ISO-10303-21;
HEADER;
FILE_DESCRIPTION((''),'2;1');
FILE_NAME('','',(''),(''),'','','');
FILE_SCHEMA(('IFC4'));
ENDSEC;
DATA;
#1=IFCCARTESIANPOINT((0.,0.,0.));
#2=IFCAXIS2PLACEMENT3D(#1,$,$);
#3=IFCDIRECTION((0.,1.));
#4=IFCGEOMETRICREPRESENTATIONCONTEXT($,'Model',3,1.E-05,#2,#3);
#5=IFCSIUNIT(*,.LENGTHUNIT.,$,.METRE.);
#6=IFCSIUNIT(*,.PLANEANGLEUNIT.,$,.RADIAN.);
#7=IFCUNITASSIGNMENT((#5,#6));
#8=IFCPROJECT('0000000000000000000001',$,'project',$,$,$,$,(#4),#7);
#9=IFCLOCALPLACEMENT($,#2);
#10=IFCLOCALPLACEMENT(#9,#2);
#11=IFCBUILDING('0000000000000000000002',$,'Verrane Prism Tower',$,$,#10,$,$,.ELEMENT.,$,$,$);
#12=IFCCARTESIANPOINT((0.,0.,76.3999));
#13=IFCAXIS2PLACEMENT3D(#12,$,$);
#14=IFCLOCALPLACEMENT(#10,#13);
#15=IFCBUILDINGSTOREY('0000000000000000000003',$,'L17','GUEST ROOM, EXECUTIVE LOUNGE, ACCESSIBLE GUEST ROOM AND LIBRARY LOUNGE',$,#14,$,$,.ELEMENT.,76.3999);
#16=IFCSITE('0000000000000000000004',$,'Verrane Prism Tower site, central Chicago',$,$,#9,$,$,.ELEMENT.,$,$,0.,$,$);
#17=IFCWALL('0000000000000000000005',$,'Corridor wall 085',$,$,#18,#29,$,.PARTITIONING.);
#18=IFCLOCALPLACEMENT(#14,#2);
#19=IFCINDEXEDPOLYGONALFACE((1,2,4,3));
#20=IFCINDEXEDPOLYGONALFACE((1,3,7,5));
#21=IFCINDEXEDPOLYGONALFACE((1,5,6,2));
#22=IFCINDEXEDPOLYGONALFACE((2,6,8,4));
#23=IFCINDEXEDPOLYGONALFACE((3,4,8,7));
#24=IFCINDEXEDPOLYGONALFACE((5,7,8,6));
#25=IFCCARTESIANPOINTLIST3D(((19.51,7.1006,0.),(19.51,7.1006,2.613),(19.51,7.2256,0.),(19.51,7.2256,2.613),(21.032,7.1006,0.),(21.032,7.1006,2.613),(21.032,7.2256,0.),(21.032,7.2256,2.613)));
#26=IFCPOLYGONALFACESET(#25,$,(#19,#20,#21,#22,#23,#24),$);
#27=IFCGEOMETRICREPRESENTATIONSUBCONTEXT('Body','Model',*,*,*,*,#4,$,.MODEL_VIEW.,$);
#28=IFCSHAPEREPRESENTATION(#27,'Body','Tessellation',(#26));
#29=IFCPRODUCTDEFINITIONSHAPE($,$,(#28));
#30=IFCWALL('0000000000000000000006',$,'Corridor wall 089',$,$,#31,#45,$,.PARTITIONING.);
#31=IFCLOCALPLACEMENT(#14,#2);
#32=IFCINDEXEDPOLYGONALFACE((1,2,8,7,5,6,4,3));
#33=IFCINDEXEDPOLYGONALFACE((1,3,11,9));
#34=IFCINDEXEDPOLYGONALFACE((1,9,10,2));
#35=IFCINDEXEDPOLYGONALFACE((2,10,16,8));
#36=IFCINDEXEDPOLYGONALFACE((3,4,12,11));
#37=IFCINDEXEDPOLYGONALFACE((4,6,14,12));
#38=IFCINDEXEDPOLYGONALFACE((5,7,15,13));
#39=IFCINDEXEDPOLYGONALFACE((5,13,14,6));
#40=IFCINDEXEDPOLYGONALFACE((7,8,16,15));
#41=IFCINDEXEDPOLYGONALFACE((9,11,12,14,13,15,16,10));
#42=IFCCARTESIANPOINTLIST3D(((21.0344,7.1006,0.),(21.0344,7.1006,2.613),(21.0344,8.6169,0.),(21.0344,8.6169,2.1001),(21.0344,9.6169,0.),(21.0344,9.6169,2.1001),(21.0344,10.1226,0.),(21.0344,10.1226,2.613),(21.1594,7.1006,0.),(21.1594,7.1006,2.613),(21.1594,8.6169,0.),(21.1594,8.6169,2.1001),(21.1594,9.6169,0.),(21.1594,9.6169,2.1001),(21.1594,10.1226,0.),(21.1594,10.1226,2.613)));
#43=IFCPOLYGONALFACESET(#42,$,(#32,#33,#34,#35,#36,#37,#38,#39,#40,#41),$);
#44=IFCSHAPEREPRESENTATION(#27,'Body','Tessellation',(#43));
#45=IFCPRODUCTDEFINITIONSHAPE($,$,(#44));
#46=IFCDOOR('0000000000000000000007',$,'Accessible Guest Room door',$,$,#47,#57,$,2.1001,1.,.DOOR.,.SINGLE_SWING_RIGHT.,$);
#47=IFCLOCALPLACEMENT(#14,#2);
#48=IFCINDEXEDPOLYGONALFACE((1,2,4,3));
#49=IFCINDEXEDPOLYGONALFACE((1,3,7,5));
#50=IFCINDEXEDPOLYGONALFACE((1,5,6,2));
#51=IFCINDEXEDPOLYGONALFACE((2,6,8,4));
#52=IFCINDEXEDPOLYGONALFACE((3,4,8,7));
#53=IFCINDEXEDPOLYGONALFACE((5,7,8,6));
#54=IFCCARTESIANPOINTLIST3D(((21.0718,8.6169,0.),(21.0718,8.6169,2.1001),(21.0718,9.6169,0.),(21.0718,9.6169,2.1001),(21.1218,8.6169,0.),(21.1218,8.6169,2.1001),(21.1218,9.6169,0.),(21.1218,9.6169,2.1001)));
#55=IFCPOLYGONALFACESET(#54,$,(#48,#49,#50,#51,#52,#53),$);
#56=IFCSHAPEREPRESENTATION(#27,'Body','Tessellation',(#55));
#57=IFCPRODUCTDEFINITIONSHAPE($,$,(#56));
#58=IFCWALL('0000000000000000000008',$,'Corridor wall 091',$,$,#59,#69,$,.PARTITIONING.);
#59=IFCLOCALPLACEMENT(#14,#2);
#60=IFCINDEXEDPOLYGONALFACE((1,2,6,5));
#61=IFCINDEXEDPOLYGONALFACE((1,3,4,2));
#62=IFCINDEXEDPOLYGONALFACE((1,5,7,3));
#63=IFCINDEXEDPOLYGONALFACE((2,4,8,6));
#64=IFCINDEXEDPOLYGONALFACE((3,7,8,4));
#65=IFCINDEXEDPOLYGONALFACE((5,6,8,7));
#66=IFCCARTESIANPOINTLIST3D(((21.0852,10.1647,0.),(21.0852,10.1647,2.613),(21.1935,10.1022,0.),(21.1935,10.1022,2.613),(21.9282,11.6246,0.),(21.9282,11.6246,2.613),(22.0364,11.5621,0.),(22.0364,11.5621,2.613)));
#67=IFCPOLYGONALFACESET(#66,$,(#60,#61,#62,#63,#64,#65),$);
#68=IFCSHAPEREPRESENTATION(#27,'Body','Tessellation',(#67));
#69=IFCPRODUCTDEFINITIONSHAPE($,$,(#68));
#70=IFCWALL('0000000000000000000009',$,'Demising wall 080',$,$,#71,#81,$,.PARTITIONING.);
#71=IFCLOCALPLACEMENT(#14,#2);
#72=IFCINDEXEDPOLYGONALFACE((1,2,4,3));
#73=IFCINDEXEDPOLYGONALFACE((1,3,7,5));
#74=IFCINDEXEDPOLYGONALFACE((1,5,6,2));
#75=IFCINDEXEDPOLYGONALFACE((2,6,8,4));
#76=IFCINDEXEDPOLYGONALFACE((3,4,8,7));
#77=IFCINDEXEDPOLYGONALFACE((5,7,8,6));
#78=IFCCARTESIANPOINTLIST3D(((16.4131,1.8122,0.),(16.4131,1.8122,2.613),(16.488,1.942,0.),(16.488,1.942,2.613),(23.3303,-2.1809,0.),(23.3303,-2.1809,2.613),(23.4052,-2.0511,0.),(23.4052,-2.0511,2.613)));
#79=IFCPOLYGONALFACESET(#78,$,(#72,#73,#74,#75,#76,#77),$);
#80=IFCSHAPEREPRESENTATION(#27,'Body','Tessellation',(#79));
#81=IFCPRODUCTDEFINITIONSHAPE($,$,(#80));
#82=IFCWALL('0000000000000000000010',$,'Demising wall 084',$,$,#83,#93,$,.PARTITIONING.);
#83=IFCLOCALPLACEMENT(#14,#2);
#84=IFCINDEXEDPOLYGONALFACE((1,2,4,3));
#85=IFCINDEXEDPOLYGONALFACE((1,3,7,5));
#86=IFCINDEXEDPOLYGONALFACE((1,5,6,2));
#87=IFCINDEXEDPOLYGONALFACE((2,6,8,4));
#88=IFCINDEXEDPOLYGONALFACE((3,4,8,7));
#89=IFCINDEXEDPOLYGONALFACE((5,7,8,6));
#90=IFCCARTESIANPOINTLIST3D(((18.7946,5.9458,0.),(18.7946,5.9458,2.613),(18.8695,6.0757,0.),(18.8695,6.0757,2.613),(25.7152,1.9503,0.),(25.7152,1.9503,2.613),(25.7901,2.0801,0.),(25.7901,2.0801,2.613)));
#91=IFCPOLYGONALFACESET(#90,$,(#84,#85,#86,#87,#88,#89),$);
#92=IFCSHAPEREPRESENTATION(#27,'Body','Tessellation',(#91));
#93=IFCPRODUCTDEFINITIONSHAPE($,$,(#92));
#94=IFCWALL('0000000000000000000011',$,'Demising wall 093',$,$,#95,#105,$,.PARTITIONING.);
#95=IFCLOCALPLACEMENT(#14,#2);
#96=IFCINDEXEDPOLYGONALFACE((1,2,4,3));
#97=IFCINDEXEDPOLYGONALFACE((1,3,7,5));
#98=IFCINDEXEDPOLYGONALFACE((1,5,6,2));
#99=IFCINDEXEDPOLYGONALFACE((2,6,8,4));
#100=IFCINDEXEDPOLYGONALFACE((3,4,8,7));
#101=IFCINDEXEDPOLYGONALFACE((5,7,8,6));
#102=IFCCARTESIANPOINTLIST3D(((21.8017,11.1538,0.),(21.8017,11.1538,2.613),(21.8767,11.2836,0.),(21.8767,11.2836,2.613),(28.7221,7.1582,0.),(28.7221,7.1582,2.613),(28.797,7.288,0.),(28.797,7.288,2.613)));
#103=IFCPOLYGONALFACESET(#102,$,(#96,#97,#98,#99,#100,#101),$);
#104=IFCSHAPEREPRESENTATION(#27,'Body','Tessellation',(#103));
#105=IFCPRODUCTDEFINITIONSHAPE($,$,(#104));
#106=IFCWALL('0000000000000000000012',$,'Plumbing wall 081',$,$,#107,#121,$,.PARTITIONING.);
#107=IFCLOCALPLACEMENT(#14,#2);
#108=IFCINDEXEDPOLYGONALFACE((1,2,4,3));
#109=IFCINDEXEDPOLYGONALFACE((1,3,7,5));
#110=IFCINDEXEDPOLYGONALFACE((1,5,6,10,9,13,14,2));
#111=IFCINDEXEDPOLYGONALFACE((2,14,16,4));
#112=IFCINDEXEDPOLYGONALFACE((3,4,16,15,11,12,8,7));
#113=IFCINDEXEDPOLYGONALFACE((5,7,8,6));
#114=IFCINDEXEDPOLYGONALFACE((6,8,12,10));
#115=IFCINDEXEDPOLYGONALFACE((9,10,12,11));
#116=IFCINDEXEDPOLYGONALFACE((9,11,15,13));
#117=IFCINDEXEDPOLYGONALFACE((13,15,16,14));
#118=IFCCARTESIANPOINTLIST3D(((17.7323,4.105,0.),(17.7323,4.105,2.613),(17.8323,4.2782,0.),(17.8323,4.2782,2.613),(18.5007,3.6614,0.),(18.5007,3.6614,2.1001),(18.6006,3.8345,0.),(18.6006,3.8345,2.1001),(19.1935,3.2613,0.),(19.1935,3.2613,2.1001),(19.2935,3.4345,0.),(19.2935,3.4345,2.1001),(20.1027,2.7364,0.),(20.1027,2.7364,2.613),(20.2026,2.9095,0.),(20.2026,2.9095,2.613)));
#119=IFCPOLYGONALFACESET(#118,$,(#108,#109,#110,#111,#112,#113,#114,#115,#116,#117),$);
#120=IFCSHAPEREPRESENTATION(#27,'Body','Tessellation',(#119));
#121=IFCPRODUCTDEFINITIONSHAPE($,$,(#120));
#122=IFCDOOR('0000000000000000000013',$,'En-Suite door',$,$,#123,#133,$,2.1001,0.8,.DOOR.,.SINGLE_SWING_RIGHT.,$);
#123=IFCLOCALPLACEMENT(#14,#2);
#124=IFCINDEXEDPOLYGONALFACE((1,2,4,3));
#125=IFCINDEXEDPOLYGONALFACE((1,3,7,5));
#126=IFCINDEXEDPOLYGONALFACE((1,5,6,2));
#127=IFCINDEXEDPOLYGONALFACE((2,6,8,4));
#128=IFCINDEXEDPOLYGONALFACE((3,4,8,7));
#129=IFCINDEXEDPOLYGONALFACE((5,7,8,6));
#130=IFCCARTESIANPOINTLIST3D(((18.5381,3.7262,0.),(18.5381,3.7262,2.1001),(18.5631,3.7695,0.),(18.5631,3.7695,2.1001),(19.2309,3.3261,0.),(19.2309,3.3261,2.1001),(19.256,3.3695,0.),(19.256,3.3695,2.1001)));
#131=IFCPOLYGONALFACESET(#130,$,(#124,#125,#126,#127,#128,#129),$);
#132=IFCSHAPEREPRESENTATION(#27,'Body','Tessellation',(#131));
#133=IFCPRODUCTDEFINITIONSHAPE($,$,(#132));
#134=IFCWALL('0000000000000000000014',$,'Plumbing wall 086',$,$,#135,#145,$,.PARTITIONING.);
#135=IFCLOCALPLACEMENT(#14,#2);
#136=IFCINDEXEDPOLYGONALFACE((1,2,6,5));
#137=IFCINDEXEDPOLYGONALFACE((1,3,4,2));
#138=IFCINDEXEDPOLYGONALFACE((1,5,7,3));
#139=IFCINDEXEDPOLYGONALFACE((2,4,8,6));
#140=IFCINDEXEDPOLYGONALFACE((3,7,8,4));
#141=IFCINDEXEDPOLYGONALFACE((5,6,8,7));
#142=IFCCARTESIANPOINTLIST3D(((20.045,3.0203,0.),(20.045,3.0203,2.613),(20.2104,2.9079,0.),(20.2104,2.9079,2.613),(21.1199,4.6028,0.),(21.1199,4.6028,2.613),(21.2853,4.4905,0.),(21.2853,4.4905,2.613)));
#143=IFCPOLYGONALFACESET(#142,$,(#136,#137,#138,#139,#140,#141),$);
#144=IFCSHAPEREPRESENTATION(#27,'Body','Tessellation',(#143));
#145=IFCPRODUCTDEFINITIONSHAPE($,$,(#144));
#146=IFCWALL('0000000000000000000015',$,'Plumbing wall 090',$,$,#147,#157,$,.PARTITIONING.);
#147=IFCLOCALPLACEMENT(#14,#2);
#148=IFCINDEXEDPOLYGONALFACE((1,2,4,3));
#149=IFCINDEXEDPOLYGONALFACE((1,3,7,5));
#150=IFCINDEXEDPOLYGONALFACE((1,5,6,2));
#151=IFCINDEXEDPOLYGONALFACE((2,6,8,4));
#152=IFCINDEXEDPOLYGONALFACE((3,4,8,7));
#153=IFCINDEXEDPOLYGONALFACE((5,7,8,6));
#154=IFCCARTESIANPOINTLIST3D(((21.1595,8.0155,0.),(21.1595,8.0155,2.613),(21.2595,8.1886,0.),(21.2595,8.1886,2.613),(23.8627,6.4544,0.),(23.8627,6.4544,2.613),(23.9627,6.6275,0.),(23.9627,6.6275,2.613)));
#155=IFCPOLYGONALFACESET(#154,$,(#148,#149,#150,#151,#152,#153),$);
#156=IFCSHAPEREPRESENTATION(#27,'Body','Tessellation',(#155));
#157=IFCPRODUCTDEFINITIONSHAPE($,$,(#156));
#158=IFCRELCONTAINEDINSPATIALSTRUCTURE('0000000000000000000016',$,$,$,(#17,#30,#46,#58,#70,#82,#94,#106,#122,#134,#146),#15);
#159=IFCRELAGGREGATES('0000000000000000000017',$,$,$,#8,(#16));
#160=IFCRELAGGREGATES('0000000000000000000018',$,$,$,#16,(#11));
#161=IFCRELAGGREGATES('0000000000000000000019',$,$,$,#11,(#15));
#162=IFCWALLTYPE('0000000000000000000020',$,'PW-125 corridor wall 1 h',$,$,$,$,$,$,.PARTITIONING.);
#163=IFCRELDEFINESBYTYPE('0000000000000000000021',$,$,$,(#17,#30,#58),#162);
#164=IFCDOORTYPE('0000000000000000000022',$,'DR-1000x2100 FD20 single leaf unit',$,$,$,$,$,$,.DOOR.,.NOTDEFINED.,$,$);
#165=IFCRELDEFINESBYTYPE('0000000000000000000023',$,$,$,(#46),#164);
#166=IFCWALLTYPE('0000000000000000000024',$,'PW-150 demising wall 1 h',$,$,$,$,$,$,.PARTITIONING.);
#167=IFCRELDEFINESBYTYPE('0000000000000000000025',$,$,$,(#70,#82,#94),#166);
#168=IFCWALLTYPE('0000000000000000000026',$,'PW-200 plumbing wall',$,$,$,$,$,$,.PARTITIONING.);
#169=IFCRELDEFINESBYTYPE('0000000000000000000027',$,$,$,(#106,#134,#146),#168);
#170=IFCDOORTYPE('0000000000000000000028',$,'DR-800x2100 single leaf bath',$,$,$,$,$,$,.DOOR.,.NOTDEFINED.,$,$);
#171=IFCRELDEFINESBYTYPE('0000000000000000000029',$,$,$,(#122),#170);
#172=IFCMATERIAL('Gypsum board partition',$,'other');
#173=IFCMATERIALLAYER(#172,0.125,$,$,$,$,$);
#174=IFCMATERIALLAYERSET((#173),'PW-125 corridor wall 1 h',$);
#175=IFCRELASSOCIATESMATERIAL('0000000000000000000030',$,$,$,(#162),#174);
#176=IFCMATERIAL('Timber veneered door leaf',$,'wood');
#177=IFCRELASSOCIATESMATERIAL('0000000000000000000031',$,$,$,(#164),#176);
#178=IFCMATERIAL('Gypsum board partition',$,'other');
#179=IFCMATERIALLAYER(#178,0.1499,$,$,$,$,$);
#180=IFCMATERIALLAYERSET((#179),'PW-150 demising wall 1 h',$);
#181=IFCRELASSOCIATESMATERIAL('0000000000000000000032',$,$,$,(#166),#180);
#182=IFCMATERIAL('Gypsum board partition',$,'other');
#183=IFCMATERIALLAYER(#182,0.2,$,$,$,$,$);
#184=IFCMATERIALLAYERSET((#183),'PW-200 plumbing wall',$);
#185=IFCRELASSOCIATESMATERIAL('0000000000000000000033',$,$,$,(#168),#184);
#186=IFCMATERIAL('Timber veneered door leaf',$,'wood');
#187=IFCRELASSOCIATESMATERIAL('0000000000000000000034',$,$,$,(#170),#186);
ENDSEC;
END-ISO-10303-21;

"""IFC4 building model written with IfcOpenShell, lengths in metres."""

from ifc_helpers import new_model, si_unit, direction, frame, frame_2d, origin, place, context, subcontext, project, spatial, rectangle, extrude, material, layer, layer_set, type_object, element, fill, save


model = new_model("IFC4")

# Units and contexts
model_context = context("Model", 3, precision=1e-05, world=origin(), true_north=direction((0.0, 1.0)))
body_context = subcontext(model_context, "Body", "Model", "MODEL_VIEW")
ifc_project = project(units=[si_unit("LENGTHUNIT", "METRE"), si_unit("PLANEANGLEUNIT", "RADIAN")], contexts=[model_context])

# Site, building, storey
site_placement = place(None, origin())
site = spatial("IfcSite", under=ifc_project, at=site_placement, Name="Verrane Prism Tower site, central Chicago", CompositionType="ELEMENT", RefElevation=0.0)
building_placement = place(site_placement, origin())
building = spatial("IfcBuilding", under=site, at=building_placement, Name="Verrane Prism Tower", CompositionType="ELEMENT")
storey_placement = place(building_placement, frame((0.0, 0.0, 76.3999)))
storey = spatial("IfcBuildingStorey", under=building, at=storey_placement, Name="L17", Description="GUEST ROOM, EXECUTIVE LOUNGE, ACCESSIBLE GUEST ROOM AND LIBRARY LOUNGE", CompositionType="ELEMENT", Elevation=76.3999)

# Shared definitions
ifc_material_1 = material(Name="Gypsum board partition", Category="other")
ifc_layer_1 = layer(ifc_material_1, 0.125)
ifc_layer_set_1 = layer_set([ifc_layer_1], Name="PW-125 corridor wall 1 h")
wall_type_1 = type_object("IfcWallType", Name="PW-125 corridor wall 1 h", PredefinedType="PARTITIONING", material=ifc_layer_set_1)
ifc_material_2 = material(Name="Timber veneered door leaf", Category="wood")
door_type_1 = type_object("IfcDoorType", Name="DR-1000x2100 FD20 single leaf unit", OperationType="NOTDEFINED", PredefinedType="DOOR", material=ifc_material_2)

# Wall
wall_1_placement = place(storey_placement, frame((19.51, 7.1631, 0.0), z_axis=(0.0, 0.0, 1.0), x_axis=(1.0, 0.0, 0.0)))
element("IfcWall", 1, at=wall_1_placement, inside=storey, type_object=wall_type_1, Name="Corridor wall 085", PredefinedType="PARTITIONING", context=body_context, shape_type="SweptSolid", body=[
    extrude(rectangle(XDim=1.522, YDim=0.125, at=frame_2d((0.761, 0.0))), origin(), (0.0, 0.0, 1.0), 2.613),
])

# Wall, opening, door
wall_2_placement = place(storey_placement, frame((21.0969, 10.1226, 0.0), z_axis=(0.0, 0.0, 1.0), x_axis=(0.0, -1.0, 0.0)))
wall_2 = element("IfcWall", 2, at=wall_2_placement, inside=storey, type_object=wall_type_1, Name="Corridor wall 089", PredefinedType="PARTITIONING", context=body_context, shape_type="SweptSolid", body=[
    extrude(rectangle(XDim=3.022, YDim=0.125, at=frame_2d((1.511, 0.0))), origin(), (0.0, 0.0, 1.0), 2.613),
])
opening_1_placement = place(wall_2_placement, frame((0.5056, 0.0, 0.0)))
opening_1 = element("IfcOpeningElement", 3, at=opening_1_placement, cuts=wall_2, PredefinedType="OPENING", context=body_context, shape_type="SweptSolid", body=[
    extrude(rectangle(XDim=1.0, YDim=2.1001, at=frame_2d((0.5, 1.05))), frame((0.0, 0.0725, 0.0), z_axis=(0.0, -1.0, 0.0), x_axis=(1.0, 0.0, 0.0)), (0.0, 0.0, 1.0), 0.145),
])
door_1_placement = place(opening_1_placement, origin())
door_1 = element("IfcDoor", 4, at=door_1_placement, inside=storey, type_object=door_type_1, Name="Accessible Guest Room door", OperationType="SINGLE_SWING_RIGHT", OverallHeight=2.1001, OverallWidth=1.0, PredefinedType="DOOR", context=body_context, shape_type="SweptSolid", body=[
    extrude(rectangle(XDim=1.0, YDim=2.1001, at=frame_2d((0.5, 1.05))), frame((0.0, 0.0249, 0.0), z_axis=(0.0, -1.0, 0.0), x_axis=(1.0, 0.0, 0.0)), (0.0, 0.0, 1.0), 0.05),
])
fill(opening_1, door_1)

# Walls
wall_3_placement = place(storey_placement, frame((21.1394, 10.1335, 0.0), z_axis=(0.0, 0.0, 1.0), x_axis=(0.500048, 0.865997, 0.0)))
element("IfcWall", 5, at=wall_3_placement, inside=storey, type_object=wall_type_1, Name="Corridor wall 091", PredefinedType="PARTITIONING", context=body_context, shape_type="SweptSolid", body=[
    extrude(rectangle(XDim=1.6858, YDim=0.125, at=frame_2d((0.8428, 0.0))), origin(), (0.0, 0.0, 1.0), 2.613),
])
ifc_material_3 = material(Name="Gypsum board partition", Category="other")
ifc_layer_2 = layer(ifc_material_3, 0.1499)
ifc_layer_set_2 = layer_set([ifc_layer_2], Name="PW-150 demising wall 1 h")
wall_type_2 = type_object("IfcWallType", Name="PW-150 demising wall 1 h", PredefinedType="PARTITIONING", material=ifc_layer_set_2)
wall_4_placement = place(storey_placement, frame((16.4504, 1.8772, 0.0), z_axis=(0.0, 0.0, 1.0), x_axis=(0.866053, -0.499953, 0.0)))
element("IfcWall", 6, at=wall_4_placement, inside=storey, type_object=wall_type_2, Name="Demising wall 080", PredefinedType="PARTITIONING", context=body_context, shape_type="SweptSolid", body=[
    extrude(rectangle(XDim=7.9871, YDim=0.1499, at=frame_2d((3.9937, 0.0))), origin(), (0.0, 0.0, 1.0), 2.613),
])
wall_5_placement = place(storey_placement, frame((18.832, 6.0107, 0.0), z_axis=(0.0, 0.0, 1.0), x_axis=(0.866027, -0.499997, 0.0)))
element("IfcWall", 7, at=wall_5_placement, inside=storey, type_object=wall_type_2, Name="Demising wall 084", PredefinedType="PARTITIONING", context=body_context, shape_type="SweptSolid", body=[
    extrude(rectangle(XDim=7.9912, YDim=0.1499, at=frame_2d((3.9956, 0.0))), origin(), (0.0, 0.0, 1.0), 2.613),
])
wall_6_placement = place(storey_placement, frame((21.8391, 11.2188, 0.0), z_axis=(0.0, 0.0, 1.0), x_axis=(0.86602, -0.50001, 0.0)))
element("IfcWall", 8, at=wall_6_placement, inside=storey, type_object=wall_type_2, Name="Demising wall 093", PredefinedType="PARTITIONING", context=body_context, shape_type="SweptSolid", body=[
    extrude(rectangle(XDim=7.991, YDim=0.1499, at=frame_2d((3.9956, 0.0))), origin(), (0.0, 0.0, 1.0), 2.613),
])

# Wall, opening, door
ifc_material_4 = material(Name="Gypsum board partition", Category="other")
ifc_layer_3 = layer(ifc_material_4, 0.2)
ifc_layer_set_3 = layer_set([ifc_layer_3], Name="PW-200 plumbing wall")
wall_type_3 = type_object("IfcWallType", Name="PW-200 plumbing wall", PredefinedType="PARTITIONING", material=ifc_layer_set_3)
wall_7_placement = place(storey_placement, frame((17.7822, 4.1917, 0.0), z_axis=(0.0, 0.0, 1.0), x_axis=(0.866006, -0.500034, 0.0)))
wall_7 = element("IfcWall", 9, at=wall_7_placement, inside=storey, type_object=wall_type_3, Name="Plumbing wall 081", PredefinedType="PARTITIONING", context=body_context, shape_type="SweptSolid", body=[
    extrude(rectangle(XDim=2.7371, YDim=0.2, at=frame_2d((1.3687, 0.0))), origin(), (0.0, 0.0, 1.0), 2.613),
])
opening_2_placement = place(wall_7_placement, frame((0.8875, 0.0, 0.0)))
opening_2 = element("IfcOpeningElement", 10, at=opening_2_placement, cuts=wall_7, PredefinedType="OPENING", context=body_context, shape_type="SweptSolid", body=[
    extrude(rectangle(XDim=0.8, YDim=2.1001, at=frame_2d((0.3999, 1.05))), frame((0.0, 0.1099, 0.0), z_axis=(0.0, -1.0, 0.0), x_axis=(1.0, 0.0, 0.0)), (0.0, 0.0, 1.0), 0.22),
])
ifc_material_5 = material(Name="Timber veneered door leaf", Category="wood")
door_type_2 = type_object("IfcDoorType", Name="DR-800x2100 single leaf bath", OperationType="NOTDEFINED", PredefinedType="DOOR", material=ifc_material_5)
door_2_placement = place(opening_2_placement, origin())
door_2 = element("IfcDoor", 11, at=door_2_placement, inside=storey, type_object=door_type_2, Name="En-Suite door", OperationType="SINGLE_SWING_RIGHT", OverallHeight=2.1001, OverallWidth=0.8, PredefinedType="DOOR", context=body_context, shape_type="SweptSolid", body=[
    extrude(rectangle(XDim=0.8, YDim=2.1001, at=frame_2d((0.3999, 1.05))), frame((0.0, 0.0249, 0.0), z_axis=(0.0, -1.0, 0.0), x_axis=(1.0, 0.0, 0.0)), (0.0, 0.0, 1.0), 0.05),
])
fill(opening_2, door_2)

# Walls
wall_8_placement = place(storey_placement, frame((20.1277, 2.9641, 0.0), z_axis=(0.0, 0.0, 1.0), x_axis=(0.561895, 0.827209, 0.0)))
element("IfcWall", 12, at=wall_8_placement, inside=storey, type_object=wall_type_3, Name="Plumbing wall 086", PredefinedType="PARTITIONING", context=body_context, shape_type="SweptSolid", body=[
    extrude(rectangle(XDim=1.9131, YDim=0.2, at=frame_2d((0.9565, 0.0))), origin(), (0.0, 0.0, 1.0), 2.613),
])
wall_9_placement = place(storey_placement, frame((21.2095, 8.1021, 0.0), z_axis=(0.0, 0.0, 1.0), x_axis=(0.865972, -0.500093, 0.0)))
element("IfcWall", 13, at=wall_9_placement, inside=storey, type_object=wall_type_3, Name="Plumbing wall 090", PredefinedType="PARTITIONING", context=body_context, shape_type="SweptSolid", body=[
    extrude(rectangle(XDim=3.1216, YDim=0.2, at=frame_2d((1.5608, 0.0))), origin(), (0.0, 0.0, 1.0), 2.613),
])

save(model, "model.ifc")
